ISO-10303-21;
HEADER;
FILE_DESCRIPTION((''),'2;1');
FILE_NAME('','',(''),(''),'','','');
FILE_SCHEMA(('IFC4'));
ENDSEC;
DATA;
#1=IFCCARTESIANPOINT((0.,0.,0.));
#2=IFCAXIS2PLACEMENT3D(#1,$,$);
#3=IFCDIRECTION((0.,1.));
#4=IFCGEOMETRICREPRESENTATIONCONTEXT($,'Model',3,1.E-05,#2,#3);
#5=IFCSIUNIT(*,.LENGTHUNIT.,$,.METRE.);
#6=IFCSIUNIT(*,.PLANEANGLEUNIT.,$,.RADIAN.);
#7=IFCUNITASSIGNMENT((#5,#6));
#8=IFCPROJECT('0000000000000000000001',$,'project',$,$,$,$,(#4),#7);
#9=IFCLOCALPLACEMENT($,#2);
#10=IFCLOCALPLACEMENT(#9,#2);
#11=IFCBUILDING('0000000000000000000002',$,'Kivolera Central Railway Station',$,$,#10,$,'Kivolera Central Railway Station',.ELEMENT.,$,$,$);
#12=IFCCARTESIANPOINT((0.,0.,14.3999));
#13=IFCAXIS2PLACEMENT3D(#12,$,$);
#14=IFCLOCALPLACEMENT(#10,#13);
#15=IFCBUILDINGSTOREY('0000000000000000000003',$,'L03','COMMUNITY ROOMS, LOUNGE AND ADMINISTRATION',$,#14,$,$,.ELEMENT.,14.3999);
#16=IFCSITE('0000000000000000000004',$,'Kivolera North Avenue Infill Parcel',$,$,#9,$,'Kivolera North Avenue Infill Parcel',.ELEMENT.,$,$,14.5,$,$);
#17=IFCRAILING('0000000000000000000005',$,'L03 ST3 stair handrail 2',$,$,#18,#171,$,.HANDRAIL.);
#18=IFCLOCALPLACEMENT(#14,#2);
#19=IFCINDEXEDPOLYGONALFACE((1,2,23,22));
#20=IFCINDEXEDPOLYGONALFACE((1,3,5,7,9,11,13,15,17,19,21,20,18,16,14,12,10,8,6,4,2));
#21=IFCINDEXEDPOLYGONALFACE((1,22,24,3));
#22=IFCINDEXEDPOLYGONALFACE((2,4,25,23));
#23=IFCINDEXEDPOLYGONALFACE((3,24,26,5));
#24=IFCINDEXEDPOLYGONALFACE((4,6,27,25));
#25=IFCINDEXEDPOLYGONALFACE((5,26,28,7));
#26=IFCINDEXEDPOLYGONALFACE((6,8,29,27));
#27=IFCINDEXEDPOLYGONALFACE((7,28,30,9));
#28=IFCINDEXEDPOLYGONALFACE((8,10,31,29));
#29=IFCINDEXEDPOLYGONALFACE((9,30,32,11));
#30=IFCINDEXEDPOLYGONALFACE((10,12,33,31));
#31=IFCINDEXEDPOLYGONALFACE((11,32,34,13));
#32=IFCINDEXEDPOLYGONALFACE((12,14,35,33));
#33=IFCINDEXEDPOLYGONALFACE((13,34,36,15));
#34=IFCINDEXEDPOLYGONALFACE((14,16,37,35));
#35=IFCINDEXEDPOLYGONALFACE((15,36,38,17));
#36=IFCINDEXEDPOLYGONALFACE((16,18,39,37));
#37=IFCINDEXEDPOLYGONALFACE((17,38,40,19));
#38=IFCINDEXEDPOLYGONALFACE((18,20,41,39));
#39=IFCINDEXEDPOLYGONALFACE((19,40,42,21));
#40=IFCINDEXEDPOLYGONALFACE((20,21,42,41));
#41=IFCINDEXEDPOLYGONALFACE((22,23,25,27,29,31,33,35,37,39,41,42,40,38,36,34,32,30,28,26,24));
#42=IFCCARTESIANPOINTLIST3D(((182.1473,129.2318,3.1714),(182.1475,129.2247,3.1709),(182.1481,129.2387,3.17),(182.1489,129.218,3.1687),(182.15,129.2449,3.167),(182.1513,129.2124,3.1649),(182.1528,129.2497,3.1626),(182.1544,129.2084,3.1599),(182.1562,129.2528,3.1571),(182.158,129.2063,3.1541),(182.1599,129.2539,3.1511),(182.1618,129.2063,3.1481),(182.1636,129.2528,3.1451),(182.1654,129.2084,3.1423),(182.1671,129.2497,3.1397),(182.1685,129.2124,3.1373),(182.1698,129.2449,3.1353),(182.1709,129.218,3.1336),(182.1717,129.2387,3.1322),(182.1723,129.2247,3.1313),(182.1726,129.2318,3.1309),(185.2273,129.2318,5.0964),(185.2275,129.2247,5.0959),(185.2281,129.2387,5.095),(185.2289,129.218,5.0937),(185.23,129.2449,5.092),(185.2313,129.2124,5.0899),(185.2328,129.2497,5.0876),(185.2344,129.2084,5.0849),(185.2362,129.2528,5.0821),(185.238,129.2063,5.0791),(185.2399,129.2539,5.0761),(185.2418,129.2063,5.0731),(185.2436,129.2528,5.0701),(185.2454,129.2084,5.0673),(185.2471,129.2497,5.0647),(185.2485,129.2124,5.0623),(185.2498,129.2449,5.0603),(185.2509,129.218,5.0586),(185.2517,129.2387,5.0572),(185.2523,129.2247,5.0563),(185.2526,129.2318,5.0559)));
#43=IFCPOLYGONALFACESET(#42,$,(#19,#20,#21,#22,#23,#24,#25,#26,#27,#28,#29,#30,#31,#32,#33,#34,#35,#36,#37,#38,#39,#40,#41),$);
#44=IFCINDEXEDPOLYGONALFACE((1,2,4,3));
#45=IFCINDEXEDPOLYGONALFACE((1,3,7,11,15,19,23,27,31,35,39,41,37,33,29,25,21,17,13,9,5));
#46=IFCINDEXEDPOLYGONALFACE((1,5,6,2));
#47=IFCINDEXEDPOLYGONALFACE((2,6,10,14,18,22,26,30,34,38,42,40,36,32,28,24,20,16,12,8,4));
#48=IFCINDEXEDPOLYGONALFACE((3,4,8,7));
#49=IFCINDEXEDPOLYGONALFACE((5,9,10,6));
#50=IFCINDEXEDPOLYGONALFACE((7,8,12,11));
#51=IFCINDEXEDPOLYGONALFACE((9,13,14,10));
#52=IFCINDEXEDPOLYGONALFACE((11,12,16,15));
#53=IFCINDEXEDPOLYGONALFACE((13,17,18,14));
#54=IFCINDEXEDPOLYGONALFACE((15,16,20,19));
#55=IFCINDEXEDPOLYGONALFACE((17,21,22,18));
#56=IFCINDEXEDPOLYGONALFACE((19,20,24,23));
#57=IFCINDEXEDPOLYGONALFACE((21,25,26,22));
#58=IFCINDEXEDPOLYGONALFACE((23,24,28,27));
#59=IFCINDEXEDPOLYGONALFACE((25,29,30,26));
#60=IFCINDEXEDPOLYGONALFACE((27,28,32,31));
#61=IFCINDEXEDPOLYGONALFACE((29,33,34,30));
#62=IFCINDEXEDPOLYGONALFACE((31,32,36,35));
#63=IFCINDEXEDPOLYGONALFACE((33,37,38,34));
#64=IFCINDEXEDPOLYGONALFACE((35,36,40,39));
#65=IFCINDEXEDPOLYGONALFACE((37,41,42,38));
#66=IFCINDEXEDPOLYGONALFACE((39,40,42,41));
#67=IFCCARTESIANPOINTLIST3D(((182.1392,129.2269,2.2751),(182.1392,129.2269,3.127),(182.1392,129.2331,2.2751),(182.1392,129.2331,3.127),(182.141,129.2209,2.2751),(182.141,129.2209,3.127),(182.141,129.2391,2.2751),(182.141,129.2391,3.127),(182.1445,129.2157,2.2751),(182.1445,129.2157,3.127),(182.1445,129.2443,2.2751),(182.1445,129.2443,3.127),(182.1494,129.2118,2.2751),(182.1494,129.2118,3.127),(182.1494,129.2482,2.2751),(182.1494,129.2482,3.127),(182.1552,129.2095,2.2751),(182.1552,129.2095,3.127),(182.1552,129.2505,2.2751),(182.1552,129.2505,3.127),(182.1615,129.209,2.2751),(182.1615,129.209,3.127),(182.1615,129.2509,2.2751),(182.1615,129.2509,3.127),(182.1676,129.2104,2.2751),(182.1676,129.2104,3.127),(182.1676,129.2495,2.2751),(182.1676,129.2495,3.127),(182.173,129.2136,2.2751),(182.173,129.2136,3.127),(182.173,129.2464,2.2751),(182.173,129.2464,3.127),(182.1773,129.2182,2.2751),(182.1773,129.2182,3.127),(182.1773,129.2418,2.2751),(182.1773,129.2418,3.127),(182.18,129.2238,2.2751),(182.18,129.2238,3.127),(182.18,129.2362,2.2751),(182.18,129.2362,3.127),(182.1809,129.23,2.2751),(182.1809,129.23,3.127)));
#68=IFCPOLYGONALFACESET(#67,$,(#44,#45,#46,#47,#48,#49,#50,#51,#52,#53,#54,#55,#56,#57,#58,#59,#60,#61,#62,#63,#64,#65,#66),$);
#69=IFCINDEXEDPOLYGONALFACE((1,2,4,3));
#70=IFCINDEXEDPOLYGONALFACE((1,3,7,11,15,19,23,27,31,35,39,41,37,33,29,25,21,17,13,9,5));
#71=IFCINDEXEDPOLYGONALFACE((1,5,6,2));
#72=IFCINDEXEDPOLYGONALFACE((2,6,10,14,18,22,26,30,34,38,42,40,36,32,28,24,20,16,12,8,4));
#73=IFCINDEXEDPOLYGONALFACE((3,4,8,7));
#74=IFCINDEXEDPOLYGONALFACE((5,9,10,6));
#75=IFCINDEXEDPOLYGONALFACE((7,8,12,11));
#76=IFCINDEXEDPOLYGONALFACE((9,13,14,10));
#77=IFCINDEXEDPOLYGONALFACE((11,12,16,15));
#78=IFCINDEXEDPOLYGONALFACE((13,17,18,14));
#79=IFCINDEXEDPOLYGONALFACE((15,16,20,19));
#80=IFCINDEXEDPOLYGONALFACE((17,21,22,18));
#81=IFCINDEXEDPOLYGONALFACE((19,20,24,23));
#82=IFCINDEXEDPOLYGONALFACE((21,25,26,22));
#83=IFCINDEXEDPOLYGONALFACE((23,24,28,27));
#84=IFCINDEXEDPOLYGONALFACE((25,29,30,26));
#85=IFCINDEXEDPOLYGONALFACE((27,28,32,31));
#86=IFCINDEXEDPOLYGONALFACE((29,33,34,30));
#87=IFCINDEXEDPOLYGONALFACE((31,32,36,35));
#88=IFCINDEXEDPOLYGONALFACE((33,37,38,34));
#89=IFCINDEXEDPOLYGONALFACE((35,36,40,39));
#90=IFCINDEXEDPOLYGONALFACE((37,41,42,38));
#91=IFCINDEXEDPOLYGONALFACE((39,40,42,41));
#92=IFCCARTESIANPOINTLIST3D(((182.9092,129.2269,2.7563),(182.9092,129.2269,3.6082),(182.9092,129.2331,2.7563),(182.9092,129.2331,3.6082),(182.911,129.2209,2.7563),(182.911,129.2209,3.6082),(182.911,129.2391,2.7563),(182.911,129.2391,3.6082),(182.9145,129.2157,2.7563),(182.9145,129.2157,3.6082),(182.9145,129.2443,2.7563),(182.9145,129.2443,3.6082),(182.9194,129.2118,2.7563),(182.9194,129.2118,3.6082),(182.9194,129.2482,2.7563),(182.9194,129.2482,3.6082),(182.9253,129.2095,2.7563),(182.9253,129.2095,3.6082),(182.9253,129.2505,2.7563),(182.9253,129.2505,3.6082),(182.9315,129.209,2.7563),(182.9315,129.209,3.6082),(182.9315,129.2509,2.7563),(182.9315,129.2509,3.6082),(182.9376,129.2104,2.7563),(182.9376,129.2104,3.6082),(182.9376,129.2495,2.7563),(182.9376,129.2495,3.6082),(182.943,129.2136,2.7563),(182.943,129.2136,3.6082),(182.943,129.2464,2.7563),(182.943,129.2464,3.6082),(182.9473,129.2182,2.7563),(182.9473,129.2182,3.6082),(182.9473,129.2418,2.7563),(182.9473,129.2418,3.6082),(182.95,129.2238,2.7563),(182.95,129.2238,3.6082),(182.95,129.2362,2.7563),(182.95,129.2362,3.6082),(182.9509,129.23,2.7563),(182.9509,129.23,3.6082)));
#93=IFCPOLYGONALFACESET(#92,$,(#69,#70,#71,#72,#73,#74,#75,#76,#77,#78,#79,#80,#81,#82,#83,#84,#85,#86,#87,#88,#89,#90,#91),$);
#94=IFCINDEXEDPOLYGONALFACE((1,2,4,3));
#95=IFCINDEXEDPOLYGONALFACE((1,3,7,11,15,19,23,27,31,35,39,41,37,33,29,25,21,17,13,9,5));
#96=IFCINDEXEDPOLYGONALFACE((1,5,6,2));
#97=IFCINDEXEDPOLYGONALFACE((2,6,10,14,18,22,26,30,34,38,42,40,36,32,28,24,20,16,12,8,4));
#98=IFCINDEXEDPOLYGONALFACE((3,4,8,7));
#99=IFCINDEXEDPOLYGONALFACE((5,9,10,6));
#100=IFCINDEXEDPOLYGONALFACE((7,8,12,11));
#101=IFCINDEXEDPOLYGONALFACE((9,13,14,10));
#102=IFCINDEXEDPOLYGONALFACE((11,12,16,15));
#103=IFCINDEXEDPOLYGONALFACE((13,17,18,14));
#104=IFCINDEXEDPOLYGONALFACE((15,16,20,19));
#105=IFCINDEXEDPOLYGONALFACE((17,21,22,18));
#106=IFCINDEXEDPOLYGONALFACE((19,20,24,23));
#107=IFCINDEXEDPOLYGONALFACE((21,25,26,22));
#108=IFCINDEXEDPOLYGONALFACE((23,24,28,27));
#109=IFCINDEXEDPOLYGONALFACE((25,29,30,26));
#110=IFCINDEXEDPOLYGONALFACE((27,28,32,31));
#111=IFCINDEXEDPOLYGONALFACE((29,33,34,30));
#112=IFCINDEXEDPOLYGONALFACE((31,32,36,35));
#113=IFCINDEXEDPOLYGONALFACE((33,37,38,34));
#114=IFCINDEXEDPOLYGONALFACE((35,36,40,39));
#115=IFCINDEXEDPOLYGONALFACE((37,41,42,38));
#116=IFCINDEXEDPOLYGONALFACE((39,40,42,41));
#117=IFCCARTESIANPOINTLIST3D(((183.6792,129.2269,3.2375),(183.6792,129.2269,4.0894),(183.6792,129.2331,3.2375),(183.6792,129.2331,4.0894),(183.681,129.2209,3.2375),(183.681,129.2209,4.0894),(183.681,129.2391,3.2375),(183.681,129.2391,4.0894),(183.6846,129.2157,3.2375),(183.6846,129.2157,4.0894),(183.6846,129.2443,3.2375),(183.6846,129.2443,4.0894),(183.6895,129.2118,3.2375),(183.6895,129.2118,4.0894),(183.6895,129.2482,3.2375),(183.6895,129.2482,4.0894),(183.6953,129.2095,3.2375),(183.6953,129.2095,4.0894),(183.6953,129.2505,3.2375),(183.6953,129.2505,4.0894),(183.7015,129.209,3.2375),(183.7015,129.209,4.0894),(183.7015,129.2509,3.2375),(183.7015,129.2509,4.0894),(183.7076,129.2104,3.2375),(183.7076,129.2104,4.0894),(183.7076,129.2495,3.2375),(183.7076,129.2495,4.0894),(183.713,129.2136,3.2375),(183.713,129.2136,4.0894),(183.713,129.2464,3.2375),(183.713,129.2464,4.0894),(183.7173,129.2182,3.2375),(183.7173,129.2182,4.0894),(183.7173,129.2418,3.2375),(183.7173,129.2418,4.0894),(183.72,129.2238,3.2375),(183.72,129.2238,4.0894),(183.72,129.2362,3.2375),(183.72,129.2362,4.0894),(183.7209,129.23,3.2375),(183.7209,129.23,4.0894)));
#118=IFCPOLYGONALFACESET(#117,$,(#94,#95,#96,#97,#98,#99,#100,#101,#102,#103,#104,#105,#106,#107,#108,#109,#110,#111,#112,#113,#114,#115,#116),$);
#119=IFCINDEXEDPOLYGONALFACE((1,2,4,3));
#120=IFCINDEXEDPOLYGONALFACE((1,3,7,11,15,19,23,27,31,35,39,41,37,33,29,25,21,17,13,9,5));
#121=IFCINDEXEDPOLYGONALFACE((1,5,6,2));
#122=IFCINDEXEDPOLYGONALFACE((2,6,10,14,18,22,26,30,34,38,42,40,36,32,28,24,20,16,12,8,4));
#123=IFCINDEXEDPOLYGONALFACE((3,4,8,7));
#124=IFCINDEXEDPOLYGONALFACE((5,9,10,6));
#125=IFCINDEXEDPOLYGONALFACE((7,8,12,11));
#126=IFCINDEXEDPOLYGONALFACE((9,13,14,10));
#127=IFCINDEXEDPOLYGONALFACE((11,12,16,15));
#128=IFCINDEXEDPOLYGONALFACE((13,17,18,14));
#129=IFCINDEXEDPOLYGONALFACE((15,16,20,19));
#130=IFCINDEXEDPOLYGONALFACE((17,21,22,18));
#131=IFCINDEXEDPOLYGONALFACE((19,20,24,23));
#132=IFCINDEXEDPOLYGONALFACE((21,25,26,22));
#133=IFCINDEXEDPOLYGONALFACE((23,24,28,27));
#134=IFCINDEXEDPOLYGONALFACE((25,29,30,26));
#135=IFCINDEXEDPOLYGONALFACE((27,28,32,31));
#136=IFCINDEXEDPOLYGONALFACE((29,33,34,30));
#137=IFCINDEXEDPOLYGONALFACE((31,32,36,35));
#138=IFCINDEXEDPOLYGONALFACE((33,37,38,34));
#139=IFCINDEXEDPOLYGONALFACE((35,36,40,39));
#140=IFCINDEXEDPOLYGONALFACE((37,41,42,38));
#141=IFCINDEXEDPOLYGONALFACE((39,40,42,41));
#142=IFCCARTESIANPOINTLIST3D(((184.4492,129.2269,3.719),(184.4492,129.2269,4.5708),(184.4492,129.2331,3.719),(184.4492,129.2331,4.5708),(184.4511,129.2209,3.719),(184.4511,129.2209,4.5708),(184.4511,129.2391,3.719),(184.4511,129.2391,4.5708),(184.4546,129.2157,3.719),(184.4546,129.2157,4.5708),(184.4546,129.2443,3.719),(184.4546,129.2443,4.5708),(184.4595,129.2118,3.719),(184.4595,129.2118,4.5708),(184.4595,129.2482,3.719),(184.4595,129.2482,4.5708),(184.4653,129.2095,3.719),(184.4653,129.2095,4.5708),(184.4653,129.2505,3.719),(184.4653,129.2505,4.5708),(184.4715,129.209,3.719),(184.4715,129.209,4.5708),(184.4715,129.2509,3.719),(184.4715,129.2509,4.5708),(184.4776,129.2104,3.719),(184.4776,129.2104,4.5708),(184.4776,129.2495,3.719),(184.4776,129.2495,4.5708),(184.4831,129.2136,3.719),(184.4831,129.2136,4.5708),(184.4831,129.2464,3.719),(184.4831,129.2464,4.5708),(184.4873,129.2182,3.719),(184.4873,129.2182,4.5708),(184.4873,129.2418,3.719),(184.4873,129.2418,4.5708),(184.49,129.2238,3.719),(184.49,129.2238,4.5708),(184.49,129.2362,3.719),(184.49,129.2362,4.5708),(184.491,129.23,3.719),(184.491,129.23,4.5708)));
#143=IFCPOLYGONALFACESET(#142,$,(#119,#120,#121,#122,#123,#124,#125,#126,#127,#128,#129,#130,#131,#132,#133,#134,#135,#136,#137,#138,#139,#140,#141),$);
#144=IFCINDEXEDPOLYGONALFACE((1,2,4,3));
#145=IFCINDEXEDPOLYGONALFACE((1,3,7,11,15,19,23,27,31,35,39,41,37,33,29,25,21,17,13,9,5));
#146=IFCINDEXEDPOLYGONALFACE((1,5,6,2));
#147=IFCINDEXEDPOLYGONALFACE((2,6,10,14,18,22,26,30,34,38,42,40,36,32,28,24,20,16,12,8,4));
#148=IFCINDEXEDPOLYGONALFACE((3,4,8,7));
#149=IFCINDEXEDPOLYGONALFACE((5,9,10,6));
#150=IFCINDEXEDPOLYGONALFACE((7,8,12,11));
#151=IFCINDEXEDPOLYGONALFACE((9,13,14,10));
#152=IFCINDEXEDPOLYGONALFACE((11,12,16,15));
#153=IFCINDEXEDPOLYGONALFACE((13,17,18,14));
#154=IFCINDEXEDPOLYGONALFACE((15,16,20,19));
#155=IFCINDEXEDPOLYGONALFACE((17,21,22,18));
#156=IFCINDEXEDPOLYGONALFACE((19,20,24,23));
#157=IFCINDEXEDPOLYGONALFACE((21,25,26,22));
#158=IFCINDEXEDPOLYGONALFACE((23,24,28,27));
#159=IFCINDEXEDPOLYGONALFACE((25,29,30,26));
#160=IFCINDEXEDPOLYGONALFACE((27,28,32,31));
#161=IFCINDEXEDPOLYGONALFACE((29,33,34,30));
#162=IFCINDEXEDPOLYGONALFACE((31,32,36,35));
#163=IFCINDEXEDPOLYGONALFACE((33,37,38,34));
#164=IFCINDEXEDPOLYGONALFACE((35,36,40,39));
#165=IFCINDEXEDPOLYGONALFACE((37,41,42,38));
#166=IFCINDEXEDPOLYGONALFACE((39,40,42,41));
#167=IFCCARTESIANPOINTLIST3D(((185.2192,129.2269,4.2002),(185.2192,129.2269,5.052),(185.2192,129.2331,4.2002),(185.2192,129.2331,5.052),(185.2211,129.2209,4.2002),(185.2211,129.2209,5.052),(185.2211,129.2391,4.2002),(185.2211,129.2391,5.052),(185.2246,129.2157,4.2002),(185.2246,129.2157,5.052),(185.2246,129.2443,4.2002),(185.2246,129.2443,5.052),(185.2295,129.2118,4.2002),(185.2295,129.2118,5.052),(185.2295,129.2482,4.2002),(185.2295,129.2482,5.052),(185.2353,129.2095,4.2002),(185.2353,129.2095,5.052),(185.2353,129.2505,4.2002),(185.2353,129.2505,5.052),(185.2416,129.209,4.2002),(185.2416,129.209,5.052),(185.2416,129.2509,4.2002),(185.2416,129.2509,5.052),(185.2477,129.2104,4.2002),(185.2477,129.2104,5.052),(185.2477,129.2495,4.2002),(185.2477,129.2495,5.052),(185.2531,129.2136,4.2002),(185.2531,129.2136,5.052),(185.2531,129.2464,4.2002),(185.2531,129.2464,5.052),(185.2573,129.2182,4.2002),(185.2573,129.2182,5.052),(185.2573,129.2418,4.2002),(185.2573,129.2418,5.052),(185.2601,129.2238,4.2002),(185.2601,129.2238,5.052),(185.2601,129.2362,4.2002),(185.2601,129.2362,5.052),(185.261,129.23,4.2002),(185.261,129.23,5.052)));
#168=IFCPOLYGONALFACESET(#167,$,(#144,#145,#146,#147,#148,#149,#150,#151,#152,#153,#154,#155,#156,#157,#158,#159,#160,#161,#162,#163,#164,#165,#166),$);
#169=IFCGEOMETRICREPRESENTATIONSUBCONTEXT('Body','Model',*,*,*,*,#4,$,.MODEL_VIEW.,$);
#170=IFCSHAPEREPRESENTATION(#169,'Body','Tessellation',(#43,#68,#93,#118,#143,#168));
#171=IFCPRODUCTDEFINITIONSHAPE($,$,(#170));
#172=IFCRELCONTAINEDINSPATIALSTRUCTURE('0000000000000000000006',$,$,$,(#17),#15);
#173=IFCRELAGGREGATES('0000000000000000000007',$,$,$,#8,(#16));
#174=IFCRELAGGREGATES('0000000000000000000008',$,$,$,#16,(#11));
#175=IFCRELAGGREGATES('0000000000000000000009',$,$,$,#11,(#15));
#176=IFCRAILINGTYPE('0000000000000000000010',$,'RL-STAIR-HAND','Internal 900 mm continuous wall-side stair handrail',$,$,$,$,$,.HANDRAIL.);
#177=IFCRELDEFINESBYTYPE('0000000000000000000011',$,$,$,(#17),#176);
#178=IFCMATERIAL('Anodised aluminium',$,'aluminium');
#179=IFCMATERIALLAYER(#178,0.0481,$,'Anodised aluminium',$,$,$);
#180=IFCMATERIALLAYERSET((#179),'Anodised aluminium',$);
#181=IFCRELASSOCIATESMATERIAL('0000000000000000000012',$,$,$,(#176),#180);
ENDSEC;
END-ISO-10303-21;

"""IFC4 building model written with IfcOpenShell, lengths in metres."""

from ifc_helpers import new_model, si_unit, direction, frame, origin, origin_2d, place, context, subcontext, project, spatial, circle, extrude, material, layer, layer_set, type_object, element, save


model = new_model("IFC4")

# Units and contexts
model_context = context("Model", 3, precision=1e-05, world=origin(), true_north=direction((0.0, 1.0)))
body_context = subcontext(model_context, "Body", "Model", "MODEL_VIEW")
ifc_project = project(units=[si_unit("LENGTHUNIT", "METRE"), si_unit("PLANEANGLEUNIT", "RADIAN")], contexts=[model_context])

# Site, building, storey
site_placement = place(None, origin())
site = spatial("IfcSite", under=ifc_project, at=site_placement, Name="Kivolera North Avenue Infill Parcel", LongName="Kivolera North Avenue Infill Parcel", CompositionType="ELEMENT", RefElevation=14.5)
building_placement = place(site_placement, origin())
building = spatial("IfcBuilding", under=site, at=building_placement, Name="Kivolera Central Railway Station", LongName="Kivolera Central Railway Station", CompositionType="ELEMENT")
storey_placement = place(building_placement, frame((0.0, 0.0, 14.3999)))
storey = spatial("IfcBuildingStorey", under=building, at=storey_placement, Name="L03", Description="COMMUNITY ROOMS, LOUNGE AND ADMINISTRATION", CompositionType="ELEMENT", Elevation=14.3999)

# Railing
ifc_material_1 = material(Name="Anodised aluminium", Category="aluminium")
ifc_layer_1 = layer(ifc_material_1, 0.0481, Name="Anodised aluminium")
ifc_layer_set_1 = layer_set([ifc_layer_1], Name="Anodised aluminium")
railing_type_1 = type_object("IfcRailingType", Name="RL-STAIR-HAND", Description="Internal 900 mm continuous wall-side stair handrail", PredefinedType="HANDRAIL", material=ifc_layer_set_1)
railing_1_placement = place(storey_placement, frame((182.1599, 129.23, 2.2751)))
element("IfcRailing", 1, at=railing_1_placement, inside=storey, type_object=railing_type_1, Name="L03 ST3 stair handrail 2", PredefinedType="HANDRAIL", context=body_context, shape_type="SweptSolid", body=[
    extrude(circle(Radius=0.0239, at=origin_2d()), frame((0.0, 0.0, 0.876), z_axis=(0.847998, 0.0, 0.529999), x_axis=(0.0, 1.0, 0.0)), (0.0, 0.0, 1.0), 3.6321),
    extrude(circle(Radius=0.021, at=origin_2d()), origin(), (0.0, 0.0, 1.0), 0.8518),
    extrude(circle(Radius=0.021, at=origin_2d()), frame((0.77, 0.0, 0.4812)), (0.0, 0.0, 1.0), 0.8518),
    extrude(circle(Radius=0.021, at=origin_2d()), frame((1.54, 0.0, 0.9624)), (0.0, 0.0, 1.0), 0.8518),
    extrude(circle(Radius=0.021, at=origin_2d()), frame((2.3101, 0.0, 1.4438)), (0.0, 0.0, 1.0), 0.8518),
    extrude(circle(Radius=0.021, at=origin_2d()), frame((3.0801, 0.0, 1.925)), (0.0, 0.0, 1.0), 0.8518),
])

save(model, "model.ifc")
